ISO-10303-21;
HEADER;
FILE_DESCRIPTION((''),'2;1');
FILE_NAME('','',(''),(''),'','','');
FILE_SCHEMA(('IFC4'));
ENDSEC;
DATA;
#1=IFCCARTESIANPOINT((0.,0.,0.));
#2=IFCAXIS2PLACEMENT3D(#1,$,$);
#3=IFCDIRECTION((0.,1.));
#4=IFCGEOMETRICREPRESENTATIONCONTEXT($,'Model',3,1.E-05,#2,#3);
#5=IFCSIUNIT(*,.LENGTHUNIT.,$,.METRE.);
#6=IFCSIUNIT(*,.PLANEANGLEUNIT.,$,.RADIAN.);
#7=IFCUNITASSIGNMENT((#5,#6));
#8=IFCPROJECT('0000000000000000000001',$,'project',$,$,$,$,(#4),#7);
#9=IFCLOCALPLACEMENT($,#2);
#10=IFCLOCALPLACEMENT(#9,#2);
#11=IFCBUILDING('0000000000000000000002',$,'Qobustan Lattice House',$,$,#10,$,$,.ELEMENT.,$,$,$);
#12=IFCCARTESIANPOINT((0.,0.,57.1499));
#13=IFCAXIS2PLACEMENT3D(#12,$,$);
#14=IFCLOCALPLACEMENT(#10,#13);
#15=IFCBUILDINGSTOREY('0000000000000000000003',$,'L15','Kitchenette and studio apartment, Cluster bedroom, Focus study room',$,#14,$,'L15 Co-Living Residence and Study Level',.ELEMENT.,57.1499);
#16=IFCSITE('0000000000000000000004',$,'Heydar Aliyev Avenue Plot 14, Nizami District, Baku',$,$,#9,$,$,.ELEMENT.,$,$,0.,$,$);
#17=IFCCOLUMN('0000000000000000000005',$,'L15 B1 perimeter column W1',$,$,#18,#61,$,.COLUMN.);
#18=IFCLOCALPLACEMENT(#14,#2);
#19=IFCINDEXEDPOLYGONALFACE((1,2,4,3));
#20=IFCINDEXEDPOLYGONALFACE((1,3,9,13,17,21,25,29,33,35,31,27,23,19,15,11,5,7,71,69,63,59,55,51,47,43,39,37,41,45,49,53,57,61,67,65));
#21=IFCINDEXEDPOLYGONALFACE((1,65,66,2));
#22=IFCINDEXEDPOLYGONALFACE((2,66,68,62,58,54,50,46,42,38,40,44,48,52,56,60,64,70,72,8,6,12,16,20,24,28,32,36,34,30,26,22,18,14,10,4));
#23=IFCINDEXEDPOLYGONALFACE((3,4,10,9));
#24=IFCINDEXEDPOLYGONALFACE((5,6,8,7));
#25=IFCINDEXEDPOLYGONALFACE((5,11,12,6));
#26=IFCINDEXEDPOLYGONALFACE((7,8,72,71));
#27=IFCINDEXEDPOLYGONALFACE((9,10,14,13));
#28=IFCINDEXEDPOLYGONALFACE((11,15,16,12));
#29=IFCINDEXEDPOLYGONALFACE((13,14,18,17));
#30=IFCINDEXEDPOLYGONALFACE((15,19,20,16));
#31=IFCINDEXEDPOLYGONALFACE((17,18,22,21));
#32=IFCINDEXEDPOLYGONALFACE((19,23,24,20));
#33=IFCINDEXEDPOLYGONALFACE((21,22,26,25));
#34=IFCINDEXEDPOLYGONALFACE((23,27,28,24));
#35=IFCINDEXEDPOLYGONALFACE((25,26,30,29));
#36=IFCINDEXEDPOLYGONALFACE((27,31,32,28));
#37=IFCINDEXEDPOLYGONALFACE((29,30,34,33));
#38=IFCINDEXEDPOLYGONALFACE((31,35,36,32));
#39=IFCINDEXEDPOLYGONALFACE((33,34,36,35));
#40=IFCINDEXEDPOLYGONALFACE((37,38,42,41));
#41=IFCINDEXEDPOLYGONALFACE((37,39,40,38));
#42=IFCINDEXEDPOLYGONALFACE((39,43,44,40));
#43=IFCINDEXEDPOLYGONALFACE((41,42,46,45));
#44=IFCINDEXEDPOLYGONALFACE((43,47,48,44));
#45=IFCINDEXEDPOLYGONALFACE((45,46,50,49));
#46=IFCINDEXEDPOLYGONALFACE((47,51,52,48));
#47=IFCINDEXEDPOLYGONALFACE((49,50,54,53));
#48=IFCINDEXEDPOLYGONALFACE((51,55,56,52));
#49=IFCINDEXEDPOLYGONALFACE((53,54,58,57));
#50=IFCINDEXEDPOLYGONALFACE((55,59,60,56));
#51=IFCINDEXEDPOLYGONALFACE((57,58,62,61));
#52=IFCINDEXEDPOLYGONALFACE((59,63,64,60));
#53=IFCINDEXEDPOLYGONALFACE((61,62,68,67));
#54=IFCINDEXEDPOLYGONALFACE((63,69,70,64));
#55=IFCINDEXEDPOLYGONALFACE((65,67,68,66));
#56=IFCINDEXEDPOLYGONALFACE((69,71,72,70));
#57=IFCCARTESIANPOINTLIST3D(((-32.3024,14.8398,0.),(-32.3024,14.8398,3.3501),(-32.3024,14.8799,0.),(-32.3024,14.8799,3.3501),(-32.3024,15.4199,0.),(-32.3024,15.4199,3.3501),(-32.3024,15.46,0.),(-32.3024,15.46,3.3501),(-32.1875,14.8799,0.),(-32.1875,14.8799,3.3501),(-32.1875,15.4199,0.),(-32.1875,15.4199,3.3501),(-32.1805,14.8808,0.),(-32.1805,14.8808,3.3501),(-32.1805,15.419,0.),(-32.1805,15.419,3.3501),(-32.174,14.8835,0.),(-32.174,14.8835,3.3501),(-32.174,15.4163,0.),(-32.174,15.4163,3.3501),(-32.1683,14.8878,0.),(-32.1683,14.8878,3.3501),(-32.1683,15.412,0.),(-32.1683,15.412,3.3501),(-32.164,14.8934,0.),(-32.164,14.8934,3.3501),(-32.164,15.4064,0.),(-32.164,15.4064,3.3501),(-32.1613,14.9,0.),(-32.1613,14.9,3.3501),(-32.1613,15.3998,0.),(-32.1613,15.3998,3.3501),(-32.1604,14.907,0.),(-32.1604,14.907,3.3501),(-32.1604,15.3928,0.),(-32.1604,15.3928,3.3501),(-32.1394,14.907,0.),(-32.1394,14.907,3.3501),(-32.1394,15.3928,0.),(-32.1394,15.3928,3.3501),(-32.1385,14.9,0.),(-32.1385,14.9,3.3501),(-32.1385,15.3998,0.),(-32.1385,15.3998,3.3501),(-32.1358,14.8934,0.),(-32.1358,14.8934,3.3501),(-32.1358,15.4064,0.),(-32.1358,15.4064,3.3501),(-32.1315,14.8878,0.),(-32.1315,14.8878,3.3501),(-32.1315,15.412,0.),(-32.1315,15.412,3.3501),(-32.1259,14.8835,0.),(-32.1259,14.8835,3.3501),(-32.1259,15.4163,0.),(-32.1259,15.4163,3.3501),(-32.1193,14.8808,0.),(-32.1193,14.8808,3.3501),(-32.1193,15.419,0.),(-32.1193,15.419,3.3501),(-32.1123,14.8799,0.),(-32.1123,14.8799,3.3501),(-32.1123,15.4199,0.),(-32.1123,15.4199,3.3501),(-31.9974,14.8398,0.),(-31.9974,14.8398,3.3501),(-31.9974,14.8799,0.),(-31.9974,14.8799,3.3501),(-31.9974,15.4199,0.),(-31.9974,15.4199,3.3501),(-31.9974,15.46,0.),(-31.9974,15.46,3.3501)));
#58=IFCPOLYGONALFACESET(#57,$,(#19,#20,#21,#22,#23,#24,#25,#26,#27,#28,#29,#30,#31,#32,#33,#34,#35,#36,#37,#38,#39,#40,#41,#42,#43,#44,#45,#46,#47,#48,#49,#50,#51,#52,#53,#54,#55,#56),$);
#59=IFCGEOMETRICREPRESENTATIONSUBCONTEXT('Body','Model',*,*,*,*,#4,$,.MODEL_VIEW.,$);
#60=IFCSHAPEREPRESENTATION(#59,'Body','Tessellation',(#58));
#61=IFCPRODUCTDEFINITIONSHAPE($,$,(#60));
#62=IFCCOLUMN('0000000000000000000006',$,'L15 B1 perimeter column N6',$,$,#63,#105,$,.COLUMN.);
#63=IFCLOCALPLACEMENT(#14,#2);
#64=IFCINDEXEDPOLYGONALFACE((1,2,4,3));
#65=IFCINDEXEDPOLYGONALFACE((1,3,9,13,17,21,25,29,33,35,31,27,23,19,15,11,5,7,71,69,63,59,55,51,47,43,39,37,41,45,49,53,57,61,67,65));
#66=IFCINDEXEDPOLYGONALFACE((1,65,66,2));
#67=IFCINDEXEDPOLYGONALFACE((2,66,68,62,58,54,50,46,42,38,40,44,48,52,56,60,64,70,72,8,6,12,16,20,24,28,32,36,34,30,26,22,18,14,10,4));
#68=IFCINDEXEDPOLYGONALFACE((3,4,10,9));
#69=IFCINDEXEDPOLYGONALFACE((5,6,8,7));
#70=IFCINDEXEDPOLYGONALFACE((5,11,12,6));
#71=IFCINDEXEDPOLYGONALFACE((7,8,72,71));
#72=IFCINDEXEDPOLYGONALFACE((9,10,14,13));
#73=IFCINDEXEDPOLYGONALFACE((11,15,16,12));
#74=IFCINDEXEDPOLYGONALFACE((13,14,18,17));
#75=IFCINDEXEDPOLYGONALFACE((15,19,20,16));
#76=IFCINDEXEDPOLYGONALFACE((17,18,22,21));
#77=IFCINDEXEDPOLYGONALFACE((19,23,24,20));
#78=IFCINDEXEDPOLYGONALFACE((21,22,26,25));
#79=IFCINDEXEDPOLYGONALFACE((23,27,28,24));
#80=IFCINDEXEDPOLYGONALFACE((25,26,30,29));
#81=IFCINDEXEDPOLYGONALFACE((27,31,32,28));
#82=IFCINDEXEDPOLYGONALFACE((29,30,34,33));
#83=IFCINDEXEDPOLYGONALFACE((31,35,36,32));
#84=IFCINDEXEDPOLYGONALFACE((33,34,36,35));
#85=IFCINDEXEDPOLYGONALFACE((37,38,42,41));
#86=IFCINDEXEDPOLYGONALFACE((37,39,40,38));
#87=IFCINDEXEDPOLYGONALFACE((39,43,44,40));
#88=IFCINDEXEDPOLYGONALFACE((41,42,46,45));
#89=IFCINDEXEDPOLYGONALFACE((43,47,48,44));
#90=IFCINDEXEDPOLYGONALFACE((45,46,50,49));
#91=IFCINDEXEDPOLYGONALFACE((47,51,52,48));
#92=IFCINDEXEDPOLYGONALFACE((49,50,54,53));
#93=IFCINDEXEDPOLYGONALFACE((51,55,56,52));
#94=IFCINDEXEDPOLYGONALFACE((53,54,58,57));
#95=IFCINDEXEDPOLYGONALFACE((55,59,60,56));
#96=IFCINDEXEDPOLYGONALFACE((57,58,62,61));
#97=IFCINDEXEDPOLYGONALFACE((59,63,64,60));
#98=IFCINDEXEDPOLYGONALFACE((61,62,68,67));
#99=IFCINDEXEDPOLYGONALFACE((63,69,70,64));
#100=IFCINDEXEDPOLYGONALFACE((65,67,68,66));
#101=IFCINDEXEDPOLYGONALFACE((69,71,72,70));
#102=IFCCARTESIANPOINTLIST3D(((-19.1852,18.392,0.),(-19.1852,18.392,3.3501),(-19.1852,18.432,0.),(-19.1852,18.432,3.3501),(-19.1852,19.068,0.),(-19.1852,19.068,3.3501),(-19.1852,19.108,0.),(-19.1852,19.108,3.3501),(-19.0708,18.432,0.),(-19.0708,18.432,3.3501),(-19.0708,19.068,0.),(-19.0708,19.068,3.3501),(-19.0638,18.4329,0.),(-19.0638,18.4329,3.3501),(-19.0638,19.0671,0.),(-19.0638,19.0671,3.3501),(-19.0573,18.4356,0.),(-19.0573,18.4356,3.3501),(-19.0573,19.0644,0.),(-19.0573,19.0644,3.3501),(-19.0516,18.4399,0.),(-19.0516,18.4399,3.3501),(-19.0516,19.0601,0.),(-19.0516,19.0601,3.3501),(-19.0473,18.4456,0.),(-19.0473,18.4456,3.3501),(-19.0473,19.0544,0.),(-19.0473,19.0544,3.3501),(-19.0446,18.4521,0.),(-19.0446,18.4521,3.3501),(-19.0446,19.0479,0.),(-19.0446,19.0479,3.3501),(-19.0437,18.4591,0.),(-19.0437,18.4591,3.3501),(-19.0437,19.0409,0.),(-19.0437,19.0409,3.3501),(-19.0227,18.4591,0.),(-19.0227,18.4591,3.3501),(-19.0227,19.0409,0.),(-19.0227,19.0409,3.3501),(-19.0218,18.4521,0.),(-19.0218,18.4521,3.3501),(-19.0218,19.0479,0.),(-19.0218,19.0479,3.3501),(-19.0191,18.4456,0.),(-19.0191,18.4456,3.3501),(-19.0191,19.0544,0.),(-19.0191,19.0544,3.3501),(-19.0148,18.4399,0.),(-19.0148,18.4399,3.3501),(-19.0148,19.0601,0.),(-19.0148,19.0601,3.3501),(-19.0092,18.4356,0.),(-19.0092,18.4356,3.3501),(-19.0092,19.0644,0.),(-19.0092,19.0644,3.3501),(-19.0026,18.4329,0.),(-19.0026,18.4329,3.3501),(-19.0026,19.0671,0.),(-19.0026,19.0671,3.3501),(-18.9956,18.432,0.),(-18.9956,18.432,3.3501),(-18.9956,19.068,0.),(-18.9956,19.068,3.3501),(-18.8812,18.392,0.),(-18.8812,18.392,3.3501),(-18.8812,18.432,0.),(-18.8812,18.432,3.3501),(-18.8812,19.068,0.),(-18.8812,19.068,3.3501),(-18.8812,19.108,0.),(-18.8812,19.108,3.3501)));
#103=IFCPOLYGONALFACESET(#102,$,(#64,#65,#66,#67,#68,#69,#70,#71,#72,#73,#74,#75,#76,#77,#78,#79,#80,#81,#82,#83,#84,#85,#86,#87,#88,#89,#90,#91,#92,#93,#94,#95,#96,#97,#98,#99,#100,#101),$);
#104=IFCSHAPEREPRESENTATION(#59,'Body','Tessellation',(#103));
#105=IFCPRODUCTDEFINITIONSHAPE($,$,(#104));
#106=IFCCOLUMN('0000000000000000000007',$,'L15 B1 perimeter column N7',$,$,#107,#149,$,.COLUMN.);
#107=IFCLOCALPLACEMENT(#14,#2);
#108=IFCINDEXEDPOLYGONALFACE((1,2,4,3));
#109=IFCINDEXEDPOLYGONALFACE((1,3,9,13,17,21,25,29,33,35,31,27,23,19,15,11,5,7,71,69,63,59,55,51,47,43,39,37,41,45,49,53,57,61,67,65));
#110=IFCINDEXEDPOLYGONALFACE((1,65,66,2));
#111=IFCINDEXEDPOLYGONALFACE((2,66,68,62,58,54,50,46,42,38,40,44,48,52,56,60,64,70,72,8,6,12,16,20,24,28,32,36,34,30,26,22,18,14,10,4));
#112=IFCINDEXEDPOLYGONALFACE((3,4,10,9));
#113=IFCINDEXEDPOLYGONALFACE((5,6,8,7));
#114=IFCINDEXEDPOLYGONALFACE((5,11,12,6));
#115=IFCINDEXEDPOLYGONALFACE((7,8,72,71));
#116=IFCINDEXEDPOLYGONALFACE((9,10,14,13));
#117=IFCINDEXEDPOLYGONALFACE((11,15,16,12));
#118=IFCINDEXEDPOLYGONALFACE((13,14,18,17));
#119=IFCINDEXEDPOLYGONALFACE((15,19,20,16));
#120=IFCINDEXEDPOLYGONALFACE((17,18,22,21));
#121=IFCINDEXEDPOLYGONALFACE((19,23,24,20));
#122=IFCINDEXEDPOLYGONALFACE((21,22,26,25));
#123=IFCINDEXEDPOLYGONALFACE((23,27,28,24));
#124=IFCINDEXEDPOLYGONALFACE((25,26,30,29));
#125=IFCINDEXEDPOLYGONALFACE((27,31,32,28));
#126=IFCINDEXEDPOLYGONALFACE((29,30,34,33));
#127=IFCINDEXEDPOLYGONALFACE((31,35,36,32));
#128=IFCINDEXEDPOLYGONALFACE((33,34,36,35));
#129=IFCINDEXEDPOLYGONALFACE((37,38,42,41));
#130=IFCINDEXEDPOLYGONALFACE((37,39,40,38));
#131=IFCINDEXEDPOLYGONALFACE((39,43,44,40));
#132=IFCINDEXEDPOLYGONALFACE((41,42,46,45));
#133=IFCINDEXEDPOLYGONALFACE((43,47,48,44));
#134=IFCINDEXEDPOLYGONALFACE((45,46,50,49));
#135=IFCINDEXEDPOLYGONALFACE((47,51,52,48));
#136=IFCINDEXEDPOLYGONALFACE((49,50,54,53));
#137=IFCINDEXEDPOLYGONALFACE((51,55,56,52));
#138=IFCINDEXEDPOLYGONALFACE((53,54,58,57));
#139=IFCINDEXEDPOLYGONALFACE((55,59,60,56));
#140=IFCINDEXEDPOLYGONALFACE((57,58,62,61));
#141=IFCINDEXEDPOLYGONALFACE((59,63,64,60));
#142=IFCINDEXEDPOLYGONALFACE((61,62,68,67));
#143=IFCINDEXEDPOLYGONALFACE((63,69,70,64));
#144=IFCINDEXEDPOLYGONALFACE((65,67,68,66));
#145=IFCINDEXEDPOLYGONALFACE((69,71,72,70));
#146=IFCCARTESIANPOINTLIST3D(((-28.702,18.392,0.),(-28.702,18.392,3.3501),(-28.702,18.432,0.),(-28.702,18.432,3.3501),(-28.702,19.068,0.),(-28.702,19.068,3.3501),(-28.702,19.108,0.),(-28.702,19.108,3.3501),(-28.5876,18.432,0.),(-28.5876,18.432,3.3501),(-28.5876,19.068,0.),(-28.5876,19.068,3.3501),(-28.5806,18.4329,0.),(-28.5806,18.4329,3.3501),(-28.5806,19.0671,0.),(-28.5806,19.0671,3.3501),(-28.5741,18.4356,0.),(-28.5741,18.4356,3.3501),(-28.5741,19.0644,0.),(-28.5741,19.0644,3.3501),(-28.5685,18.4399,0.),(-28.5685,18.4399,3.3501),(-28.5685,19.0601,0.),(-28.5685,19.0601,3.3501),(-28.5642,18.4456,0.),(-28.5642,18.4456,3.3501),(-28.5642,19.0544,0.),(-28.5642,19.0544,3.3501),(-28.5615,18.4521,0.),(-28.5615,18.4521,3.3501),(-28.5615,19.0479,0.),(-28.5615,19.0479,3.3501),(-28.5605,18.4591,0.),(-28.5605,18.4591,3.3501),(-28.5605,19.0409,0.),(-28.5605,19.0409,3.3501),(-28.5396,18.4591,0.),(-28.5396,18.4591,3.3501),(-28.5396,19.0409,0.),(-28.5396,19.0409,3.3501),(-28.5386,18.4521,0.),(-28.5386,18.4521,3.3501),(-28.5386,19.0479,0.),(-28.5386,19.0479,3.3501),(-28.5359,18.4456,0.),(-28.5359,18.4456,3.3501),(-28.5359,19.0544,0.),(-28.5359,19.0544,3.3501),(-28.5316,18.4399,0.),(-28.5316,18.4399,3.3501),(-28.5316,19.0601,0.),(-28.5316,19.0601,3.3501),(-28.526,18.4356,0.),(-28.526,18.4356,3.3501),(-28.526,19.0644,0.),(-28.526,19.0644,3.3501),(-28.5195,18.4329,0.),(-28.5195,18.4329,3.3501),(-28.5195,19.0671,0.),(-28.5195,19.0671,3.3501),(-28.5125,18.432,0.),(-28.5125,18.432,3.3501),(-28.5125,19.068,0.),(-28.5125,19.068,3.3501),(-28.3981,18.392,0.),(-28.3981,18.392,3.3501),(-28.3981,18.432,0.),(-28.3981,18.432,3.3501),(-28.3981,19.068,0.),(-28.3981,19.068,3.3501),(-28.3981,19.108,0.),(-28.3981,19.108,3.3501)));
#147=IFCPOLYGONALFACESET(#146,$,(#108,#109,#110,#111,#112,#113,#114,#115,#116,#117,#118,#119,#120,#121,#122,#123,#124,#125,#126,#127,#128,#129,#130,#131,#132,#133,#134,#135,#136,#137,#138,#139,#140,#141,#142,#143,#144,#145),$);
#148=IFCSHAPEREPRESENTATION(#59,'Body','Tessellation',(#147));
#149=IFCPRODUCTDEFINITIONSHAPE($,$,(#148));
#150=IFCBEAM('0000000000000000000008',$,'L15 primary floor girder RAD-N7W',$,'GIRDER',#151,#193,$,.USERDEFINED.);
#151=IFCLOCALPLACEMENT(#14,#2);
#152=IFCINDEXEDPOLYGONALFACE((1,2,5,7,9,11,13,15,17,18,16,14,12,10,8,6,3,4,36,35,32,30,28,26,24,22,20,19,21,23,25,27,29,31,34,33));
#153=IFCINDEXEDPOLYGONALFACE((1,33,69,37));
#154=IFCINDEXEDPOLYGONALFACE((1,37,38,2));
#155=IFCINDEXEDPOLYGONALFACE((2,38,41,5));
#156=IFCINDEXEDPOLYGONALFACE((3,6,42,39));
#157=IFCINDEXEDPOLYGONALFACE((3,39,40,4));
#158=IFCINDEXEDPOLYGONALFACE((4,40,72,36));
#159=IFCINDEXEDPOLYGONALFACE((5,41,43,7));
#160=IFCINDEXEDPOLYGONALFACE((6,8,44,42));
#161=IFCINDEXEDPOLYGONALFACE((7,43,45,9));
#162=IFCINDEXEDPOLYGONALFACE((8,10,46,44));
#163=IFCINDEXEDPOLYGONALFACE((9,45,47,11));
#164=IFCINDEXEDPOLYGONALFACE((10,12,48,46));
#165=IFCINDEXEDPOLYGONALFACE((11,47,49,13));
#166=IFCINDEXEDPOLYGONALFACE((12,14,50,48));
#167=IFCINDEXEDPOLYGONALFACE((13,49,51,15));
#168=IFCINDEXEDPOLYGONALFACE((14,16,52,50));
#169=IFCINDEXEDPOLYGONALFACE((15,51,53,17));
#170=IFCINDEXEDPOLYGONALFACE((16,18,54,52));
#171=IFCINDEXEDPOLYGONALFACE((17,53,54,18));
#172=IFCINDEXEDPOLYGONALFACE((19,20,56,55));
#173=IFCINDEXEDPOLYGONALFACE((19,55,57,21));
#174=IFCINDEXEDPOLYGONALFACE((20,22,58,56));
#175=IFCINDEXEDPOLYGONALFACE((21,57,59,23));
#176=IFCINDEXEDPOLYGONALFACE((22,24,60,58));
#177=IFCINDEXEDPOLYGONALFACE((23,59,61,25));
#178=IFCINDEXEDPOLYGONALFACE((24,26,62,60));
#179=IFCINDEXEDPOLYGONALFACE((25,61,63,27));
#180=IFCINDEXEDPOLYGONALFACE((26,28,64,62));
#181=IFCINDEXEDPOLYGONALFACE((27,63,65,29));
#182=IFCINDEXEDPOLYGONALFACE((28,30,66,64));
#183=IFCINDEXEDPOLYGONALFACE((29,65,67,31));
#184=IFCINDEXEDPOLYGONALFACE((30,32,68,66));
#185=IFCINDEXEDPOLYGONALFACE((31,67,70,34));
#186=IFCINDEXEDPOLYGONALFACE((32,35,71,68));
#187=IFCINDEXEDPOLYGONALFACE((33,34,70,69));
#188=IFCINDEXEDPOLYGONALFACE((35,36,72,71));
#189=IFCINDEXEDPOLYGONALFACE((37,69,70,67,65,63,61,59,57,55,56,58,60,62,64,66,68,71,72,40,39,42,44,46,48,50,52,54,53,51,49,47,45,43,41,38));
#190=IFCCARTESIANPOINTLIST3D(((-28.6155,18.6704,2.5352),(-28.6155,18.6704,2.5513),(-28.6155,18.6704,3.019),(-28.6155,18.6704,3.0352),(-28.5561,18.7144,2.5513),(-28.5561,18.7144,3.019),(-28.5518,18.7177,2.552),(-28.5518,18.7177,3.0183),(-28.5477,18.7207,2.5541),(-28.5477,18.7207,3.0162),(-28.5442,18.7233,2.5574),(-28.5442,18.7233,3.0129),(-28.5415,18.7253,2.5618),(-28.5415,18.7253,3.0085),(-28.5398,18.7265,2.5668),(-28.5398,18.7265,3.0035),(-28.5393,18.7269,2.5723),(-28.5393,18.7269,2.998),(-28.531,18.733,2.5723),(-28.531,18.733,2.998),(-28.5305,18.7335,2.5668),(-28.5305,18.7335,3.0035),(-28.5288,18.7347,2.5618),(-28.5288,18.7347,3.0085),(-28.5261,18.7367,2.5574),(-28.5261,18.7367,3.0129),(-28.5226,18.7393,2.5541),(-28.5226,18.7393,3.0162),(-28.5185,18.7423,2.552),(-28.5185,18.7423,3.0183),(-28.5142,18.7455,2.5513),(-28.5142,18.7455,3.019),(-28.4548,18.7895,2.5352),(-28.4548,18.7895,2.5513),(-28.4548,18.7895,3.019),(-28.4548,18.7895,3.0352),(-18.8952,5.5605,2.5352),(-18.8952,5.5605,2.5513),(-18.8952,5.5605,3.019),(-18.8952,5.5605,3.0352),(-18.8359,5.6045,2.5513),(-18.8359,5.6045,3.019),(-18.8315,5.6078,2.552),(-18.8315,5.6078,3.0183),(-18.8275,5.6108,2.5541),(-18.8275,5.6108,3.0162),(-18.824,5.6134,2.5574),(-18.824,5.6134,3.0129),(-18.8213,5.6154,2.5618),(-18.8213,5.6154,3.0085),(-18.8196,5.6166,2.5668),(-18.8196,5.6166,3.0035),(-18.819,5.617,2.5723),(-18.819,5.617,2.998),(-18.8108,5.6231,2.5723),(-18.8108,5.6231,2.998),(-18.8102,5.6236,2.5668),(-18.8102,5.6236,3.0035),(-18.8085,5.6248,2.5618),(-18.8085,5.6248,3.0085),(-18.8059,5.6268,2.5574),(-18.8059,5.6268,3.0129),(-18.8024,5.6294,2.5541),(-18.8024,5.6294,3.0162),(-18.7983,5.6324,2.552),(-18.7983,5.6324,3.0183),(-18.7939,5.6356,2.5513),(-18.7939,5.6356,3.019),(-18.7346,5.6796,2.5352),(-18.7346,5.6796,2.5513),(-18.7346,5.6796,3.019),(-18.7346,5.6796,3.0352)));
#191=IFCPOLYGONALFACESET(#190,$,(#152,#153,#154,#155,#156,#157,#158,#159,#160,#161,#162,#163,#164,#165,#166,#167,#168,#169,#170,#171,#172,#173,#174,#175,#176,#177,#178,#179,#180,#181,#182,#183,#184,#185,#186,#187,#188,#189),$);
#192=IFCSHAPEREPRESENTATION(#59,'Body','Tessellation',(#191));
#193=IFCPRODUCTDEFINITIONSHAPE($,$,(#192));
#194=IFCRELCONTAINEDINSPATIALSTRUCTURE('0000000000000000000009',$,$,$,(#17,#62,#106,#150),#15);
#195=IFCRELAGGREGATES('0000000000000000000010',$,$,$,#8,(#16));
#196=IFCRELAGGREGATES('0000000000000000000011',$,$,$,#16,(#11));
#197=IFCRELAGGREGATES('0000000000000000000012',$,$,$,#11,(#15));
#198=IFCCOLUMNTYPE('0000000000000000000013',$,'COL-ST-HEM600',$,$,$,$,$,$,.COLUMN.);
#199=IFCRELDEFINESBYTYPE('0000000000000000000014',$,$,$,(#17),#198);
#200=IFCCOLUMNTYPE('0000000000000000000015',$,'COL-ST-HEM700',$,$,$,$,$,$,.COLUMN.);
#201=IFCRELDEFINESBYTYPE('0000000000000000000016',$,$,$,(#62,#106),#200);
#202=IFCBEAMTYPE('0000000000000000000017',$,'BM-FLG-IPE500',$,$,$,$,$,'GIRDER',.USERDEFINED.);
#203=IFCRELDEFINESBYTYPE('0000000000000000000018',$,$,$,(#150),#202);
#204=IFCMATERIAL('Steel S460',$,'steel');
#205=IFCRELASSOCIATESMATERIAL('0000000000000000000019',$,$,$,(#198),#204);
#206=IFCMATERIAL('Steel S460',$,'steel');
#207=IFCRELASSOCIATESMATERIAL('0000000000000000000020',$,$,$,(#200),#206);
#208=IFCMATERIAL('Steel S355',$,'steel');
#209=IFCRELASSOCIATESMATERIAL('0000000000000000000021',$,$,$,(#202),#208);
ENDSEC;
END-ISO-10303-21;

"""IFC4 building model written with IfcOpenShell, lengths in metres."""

from ifc_helpers import new_model, si_unit, direction, frame, origin, origin_2d, place, context, subcontext, project, spatial, i_section, extrude, material, material_profile, profile_set, type_object, element, save


model = new_model("IFC4")

# Units and contexts
model_context = context("Model", 3, precision=1e-05, world=origin(), true_north=direction((0.0, 1.0)))
body_context = subcontext(model_context, "Body", "Model", "MODEL_VIEW")
ifc_project = project(units=[si_unit("LENGTHUNIT", "METRE"), si_unit("PLANEANGLEUNIT", "RADIAN")], contexts=[model_context])

# Site, building, storey
site_placement = place(None, origin())
site = spatial("IfcSite", under=ifc_project, at=site_placement, Name="Heydar Aliyev Avenue Plot 14, Nizami District, Baku", CompositionType="ELEMENT", RefElevation=0.0)
building_placement = place(site_placement, origin())
building = spatial("IfcBuilding", under=site, at=building_placement, Name="Qobustan Lattice House", CompositionType="ELEMENT")
storey_placement = place(building_placement, frame((0.0, 0.0, 57.1499)))
storey = spatial("IfcBuildingStorey", under=building, at=storey_placement, Name="L15", Description="Kitchenette and studio apartment, Cluster bedroom, Focus study room", LongName="L15 Co-Living Residence and Study Level", CompositionType="ELEMENT", Elevation=57.1499)

# Columns
ifc_material_1 = material(Name="Steel S460", Category="steel")
ifc_material_profile_1 = material_profile(ifc_material_1, i_section(OverallWidth=0.3049, OverallDepth=0.6201, WebThickness=0.021, FlangeThickness=0.04, FilletRadius=0.0271, at=origin_2d()), Name="HEM600")
ifc_profile_set_1 = profile_set([ifc_material_profile_1], Name="Steel S460")
column_type_1 = type_object("IfcColumnType", Name="COL-ST-HEM600", PredefinedType="COLUMN", material=ifc_profile_set_1)
column_placement = place(storey_placement, frame((-32.1499, 15.1499, 0.0), z_axis=(0.0, 0.0, 1.0), x_axis=(1.0, 0.0, 0.0)))
element("IfcColumn", 1, at=column_placement, inside=storey, type_object=column_type_1, Name="L15 B1 perimeter column W1", PredefinedType="COLUMN", context=body_context, shape_type="SweptSolid", body=[
    extrude(i_section(OverallWidth=0.3049, OverallDepth=0.6201, WebThickness=0.021, FlangeThickness=0.04, FilletRadius=0.0271, at=origin_2d()), origin(), (0.0, 0.0, 1.0), 3.3501),
])
ifc_material_2 = material(Name="Steel S460", Category="steel")
ifc_material_profile_2 = material_profile(ifc_material_2, i_section(OverallWidth=0.304, OverallDepth=0.7161, WebThickness=0.021, FlangeThickness=0.04, FilletRadius=0.0271, at=origin_2d()), Name="HEM700")
ifc_profile_set_2 = profile_set([ifc_material_profile_2], Name="Steel S460")
column_type_2 = type_object("IfcColumnType", Name="COL-ST-HEM700", PredefinedType="COLUMN", material=ifc_profile_set_2)
for number, where, z_axis, x_axis, name in (
    (2, (-19.0332, 18.75, 0.0), (0.0, 0.0, 1.0), (1.0, 0.0, 0.0), "L15 B1 perimeter column N6"),
    (3, (-28.55, 18.75, 0.0), (0.0, 0.0, 1.0), (1.0, 0.0, 0.0), "L15 B1 perimeter column N7"),
):
    element("IfcColumn", number, at=place(storey_placement, frame(where, z_axis=z_axis, x_axis=x_axis)), inside=storey, type_object=column_type_2, Name=name, PredefinedType="COLUMN", context=body_context, shape_type="SweptSolid", body=[
        extrude(i_section(OverallWidth=0.304, OverallDepth=0.7161, WebThickness=0.021, FlangeThickness=0.04, FilletRadius=0.0271, at=origin_2d()), origin(), (0.0, 0.0, 1.0), 3.3501),
    ])

# Beam
ifc_material_3 = material(Name="Steel S355", Category="steel")
ifc_material_profile_3 = material_profile(ifc_material_3, i_section(OverallWidth=0.2, OverallDepth=0.5, WebThickness=0.0103, FlangeThickness=0.0161, FilletRadius=0.021, at=origin_2d()), Name="IPE500")
ifc_profile_set_3 = profile_set([ifc_material_profile_3], Name="Steel S355")
beam_type_1 = type_object("IfcBeamType", Name="BM-FLG-IPE500", ElementType="GIRDER", PredefinedType="USERDEFINED", material=ifc_profile_set_3)
beam_1_placement = place(storey_placement, frame((-28.5352, 18.73, 2.7852), z_axis=(0.595592, -0.803287, 0.0), x_axis=(0.803287, 0.595592, 0.0)))
element("IfcBeam", 4, at=beam_1_placement, inside=storey, type_object=beam_type_1, Name="L15 primary floor girder RAD-N7W", ObjectType="GIRDER", PredefinedType="USERDEFINED", context=body_context, shape_type="SweptSolid", body=[
    extrude(i_section(OverallWidth=0.2, OverallDepth=0.5, WebThickness=0.0103, FlangeThickness=0.0161, FilletRadius=0.021, at=origin_2d()), origin(), (0.0, 0.0, 1.0), 16.3203),
])

save(model, "model.ifc")
